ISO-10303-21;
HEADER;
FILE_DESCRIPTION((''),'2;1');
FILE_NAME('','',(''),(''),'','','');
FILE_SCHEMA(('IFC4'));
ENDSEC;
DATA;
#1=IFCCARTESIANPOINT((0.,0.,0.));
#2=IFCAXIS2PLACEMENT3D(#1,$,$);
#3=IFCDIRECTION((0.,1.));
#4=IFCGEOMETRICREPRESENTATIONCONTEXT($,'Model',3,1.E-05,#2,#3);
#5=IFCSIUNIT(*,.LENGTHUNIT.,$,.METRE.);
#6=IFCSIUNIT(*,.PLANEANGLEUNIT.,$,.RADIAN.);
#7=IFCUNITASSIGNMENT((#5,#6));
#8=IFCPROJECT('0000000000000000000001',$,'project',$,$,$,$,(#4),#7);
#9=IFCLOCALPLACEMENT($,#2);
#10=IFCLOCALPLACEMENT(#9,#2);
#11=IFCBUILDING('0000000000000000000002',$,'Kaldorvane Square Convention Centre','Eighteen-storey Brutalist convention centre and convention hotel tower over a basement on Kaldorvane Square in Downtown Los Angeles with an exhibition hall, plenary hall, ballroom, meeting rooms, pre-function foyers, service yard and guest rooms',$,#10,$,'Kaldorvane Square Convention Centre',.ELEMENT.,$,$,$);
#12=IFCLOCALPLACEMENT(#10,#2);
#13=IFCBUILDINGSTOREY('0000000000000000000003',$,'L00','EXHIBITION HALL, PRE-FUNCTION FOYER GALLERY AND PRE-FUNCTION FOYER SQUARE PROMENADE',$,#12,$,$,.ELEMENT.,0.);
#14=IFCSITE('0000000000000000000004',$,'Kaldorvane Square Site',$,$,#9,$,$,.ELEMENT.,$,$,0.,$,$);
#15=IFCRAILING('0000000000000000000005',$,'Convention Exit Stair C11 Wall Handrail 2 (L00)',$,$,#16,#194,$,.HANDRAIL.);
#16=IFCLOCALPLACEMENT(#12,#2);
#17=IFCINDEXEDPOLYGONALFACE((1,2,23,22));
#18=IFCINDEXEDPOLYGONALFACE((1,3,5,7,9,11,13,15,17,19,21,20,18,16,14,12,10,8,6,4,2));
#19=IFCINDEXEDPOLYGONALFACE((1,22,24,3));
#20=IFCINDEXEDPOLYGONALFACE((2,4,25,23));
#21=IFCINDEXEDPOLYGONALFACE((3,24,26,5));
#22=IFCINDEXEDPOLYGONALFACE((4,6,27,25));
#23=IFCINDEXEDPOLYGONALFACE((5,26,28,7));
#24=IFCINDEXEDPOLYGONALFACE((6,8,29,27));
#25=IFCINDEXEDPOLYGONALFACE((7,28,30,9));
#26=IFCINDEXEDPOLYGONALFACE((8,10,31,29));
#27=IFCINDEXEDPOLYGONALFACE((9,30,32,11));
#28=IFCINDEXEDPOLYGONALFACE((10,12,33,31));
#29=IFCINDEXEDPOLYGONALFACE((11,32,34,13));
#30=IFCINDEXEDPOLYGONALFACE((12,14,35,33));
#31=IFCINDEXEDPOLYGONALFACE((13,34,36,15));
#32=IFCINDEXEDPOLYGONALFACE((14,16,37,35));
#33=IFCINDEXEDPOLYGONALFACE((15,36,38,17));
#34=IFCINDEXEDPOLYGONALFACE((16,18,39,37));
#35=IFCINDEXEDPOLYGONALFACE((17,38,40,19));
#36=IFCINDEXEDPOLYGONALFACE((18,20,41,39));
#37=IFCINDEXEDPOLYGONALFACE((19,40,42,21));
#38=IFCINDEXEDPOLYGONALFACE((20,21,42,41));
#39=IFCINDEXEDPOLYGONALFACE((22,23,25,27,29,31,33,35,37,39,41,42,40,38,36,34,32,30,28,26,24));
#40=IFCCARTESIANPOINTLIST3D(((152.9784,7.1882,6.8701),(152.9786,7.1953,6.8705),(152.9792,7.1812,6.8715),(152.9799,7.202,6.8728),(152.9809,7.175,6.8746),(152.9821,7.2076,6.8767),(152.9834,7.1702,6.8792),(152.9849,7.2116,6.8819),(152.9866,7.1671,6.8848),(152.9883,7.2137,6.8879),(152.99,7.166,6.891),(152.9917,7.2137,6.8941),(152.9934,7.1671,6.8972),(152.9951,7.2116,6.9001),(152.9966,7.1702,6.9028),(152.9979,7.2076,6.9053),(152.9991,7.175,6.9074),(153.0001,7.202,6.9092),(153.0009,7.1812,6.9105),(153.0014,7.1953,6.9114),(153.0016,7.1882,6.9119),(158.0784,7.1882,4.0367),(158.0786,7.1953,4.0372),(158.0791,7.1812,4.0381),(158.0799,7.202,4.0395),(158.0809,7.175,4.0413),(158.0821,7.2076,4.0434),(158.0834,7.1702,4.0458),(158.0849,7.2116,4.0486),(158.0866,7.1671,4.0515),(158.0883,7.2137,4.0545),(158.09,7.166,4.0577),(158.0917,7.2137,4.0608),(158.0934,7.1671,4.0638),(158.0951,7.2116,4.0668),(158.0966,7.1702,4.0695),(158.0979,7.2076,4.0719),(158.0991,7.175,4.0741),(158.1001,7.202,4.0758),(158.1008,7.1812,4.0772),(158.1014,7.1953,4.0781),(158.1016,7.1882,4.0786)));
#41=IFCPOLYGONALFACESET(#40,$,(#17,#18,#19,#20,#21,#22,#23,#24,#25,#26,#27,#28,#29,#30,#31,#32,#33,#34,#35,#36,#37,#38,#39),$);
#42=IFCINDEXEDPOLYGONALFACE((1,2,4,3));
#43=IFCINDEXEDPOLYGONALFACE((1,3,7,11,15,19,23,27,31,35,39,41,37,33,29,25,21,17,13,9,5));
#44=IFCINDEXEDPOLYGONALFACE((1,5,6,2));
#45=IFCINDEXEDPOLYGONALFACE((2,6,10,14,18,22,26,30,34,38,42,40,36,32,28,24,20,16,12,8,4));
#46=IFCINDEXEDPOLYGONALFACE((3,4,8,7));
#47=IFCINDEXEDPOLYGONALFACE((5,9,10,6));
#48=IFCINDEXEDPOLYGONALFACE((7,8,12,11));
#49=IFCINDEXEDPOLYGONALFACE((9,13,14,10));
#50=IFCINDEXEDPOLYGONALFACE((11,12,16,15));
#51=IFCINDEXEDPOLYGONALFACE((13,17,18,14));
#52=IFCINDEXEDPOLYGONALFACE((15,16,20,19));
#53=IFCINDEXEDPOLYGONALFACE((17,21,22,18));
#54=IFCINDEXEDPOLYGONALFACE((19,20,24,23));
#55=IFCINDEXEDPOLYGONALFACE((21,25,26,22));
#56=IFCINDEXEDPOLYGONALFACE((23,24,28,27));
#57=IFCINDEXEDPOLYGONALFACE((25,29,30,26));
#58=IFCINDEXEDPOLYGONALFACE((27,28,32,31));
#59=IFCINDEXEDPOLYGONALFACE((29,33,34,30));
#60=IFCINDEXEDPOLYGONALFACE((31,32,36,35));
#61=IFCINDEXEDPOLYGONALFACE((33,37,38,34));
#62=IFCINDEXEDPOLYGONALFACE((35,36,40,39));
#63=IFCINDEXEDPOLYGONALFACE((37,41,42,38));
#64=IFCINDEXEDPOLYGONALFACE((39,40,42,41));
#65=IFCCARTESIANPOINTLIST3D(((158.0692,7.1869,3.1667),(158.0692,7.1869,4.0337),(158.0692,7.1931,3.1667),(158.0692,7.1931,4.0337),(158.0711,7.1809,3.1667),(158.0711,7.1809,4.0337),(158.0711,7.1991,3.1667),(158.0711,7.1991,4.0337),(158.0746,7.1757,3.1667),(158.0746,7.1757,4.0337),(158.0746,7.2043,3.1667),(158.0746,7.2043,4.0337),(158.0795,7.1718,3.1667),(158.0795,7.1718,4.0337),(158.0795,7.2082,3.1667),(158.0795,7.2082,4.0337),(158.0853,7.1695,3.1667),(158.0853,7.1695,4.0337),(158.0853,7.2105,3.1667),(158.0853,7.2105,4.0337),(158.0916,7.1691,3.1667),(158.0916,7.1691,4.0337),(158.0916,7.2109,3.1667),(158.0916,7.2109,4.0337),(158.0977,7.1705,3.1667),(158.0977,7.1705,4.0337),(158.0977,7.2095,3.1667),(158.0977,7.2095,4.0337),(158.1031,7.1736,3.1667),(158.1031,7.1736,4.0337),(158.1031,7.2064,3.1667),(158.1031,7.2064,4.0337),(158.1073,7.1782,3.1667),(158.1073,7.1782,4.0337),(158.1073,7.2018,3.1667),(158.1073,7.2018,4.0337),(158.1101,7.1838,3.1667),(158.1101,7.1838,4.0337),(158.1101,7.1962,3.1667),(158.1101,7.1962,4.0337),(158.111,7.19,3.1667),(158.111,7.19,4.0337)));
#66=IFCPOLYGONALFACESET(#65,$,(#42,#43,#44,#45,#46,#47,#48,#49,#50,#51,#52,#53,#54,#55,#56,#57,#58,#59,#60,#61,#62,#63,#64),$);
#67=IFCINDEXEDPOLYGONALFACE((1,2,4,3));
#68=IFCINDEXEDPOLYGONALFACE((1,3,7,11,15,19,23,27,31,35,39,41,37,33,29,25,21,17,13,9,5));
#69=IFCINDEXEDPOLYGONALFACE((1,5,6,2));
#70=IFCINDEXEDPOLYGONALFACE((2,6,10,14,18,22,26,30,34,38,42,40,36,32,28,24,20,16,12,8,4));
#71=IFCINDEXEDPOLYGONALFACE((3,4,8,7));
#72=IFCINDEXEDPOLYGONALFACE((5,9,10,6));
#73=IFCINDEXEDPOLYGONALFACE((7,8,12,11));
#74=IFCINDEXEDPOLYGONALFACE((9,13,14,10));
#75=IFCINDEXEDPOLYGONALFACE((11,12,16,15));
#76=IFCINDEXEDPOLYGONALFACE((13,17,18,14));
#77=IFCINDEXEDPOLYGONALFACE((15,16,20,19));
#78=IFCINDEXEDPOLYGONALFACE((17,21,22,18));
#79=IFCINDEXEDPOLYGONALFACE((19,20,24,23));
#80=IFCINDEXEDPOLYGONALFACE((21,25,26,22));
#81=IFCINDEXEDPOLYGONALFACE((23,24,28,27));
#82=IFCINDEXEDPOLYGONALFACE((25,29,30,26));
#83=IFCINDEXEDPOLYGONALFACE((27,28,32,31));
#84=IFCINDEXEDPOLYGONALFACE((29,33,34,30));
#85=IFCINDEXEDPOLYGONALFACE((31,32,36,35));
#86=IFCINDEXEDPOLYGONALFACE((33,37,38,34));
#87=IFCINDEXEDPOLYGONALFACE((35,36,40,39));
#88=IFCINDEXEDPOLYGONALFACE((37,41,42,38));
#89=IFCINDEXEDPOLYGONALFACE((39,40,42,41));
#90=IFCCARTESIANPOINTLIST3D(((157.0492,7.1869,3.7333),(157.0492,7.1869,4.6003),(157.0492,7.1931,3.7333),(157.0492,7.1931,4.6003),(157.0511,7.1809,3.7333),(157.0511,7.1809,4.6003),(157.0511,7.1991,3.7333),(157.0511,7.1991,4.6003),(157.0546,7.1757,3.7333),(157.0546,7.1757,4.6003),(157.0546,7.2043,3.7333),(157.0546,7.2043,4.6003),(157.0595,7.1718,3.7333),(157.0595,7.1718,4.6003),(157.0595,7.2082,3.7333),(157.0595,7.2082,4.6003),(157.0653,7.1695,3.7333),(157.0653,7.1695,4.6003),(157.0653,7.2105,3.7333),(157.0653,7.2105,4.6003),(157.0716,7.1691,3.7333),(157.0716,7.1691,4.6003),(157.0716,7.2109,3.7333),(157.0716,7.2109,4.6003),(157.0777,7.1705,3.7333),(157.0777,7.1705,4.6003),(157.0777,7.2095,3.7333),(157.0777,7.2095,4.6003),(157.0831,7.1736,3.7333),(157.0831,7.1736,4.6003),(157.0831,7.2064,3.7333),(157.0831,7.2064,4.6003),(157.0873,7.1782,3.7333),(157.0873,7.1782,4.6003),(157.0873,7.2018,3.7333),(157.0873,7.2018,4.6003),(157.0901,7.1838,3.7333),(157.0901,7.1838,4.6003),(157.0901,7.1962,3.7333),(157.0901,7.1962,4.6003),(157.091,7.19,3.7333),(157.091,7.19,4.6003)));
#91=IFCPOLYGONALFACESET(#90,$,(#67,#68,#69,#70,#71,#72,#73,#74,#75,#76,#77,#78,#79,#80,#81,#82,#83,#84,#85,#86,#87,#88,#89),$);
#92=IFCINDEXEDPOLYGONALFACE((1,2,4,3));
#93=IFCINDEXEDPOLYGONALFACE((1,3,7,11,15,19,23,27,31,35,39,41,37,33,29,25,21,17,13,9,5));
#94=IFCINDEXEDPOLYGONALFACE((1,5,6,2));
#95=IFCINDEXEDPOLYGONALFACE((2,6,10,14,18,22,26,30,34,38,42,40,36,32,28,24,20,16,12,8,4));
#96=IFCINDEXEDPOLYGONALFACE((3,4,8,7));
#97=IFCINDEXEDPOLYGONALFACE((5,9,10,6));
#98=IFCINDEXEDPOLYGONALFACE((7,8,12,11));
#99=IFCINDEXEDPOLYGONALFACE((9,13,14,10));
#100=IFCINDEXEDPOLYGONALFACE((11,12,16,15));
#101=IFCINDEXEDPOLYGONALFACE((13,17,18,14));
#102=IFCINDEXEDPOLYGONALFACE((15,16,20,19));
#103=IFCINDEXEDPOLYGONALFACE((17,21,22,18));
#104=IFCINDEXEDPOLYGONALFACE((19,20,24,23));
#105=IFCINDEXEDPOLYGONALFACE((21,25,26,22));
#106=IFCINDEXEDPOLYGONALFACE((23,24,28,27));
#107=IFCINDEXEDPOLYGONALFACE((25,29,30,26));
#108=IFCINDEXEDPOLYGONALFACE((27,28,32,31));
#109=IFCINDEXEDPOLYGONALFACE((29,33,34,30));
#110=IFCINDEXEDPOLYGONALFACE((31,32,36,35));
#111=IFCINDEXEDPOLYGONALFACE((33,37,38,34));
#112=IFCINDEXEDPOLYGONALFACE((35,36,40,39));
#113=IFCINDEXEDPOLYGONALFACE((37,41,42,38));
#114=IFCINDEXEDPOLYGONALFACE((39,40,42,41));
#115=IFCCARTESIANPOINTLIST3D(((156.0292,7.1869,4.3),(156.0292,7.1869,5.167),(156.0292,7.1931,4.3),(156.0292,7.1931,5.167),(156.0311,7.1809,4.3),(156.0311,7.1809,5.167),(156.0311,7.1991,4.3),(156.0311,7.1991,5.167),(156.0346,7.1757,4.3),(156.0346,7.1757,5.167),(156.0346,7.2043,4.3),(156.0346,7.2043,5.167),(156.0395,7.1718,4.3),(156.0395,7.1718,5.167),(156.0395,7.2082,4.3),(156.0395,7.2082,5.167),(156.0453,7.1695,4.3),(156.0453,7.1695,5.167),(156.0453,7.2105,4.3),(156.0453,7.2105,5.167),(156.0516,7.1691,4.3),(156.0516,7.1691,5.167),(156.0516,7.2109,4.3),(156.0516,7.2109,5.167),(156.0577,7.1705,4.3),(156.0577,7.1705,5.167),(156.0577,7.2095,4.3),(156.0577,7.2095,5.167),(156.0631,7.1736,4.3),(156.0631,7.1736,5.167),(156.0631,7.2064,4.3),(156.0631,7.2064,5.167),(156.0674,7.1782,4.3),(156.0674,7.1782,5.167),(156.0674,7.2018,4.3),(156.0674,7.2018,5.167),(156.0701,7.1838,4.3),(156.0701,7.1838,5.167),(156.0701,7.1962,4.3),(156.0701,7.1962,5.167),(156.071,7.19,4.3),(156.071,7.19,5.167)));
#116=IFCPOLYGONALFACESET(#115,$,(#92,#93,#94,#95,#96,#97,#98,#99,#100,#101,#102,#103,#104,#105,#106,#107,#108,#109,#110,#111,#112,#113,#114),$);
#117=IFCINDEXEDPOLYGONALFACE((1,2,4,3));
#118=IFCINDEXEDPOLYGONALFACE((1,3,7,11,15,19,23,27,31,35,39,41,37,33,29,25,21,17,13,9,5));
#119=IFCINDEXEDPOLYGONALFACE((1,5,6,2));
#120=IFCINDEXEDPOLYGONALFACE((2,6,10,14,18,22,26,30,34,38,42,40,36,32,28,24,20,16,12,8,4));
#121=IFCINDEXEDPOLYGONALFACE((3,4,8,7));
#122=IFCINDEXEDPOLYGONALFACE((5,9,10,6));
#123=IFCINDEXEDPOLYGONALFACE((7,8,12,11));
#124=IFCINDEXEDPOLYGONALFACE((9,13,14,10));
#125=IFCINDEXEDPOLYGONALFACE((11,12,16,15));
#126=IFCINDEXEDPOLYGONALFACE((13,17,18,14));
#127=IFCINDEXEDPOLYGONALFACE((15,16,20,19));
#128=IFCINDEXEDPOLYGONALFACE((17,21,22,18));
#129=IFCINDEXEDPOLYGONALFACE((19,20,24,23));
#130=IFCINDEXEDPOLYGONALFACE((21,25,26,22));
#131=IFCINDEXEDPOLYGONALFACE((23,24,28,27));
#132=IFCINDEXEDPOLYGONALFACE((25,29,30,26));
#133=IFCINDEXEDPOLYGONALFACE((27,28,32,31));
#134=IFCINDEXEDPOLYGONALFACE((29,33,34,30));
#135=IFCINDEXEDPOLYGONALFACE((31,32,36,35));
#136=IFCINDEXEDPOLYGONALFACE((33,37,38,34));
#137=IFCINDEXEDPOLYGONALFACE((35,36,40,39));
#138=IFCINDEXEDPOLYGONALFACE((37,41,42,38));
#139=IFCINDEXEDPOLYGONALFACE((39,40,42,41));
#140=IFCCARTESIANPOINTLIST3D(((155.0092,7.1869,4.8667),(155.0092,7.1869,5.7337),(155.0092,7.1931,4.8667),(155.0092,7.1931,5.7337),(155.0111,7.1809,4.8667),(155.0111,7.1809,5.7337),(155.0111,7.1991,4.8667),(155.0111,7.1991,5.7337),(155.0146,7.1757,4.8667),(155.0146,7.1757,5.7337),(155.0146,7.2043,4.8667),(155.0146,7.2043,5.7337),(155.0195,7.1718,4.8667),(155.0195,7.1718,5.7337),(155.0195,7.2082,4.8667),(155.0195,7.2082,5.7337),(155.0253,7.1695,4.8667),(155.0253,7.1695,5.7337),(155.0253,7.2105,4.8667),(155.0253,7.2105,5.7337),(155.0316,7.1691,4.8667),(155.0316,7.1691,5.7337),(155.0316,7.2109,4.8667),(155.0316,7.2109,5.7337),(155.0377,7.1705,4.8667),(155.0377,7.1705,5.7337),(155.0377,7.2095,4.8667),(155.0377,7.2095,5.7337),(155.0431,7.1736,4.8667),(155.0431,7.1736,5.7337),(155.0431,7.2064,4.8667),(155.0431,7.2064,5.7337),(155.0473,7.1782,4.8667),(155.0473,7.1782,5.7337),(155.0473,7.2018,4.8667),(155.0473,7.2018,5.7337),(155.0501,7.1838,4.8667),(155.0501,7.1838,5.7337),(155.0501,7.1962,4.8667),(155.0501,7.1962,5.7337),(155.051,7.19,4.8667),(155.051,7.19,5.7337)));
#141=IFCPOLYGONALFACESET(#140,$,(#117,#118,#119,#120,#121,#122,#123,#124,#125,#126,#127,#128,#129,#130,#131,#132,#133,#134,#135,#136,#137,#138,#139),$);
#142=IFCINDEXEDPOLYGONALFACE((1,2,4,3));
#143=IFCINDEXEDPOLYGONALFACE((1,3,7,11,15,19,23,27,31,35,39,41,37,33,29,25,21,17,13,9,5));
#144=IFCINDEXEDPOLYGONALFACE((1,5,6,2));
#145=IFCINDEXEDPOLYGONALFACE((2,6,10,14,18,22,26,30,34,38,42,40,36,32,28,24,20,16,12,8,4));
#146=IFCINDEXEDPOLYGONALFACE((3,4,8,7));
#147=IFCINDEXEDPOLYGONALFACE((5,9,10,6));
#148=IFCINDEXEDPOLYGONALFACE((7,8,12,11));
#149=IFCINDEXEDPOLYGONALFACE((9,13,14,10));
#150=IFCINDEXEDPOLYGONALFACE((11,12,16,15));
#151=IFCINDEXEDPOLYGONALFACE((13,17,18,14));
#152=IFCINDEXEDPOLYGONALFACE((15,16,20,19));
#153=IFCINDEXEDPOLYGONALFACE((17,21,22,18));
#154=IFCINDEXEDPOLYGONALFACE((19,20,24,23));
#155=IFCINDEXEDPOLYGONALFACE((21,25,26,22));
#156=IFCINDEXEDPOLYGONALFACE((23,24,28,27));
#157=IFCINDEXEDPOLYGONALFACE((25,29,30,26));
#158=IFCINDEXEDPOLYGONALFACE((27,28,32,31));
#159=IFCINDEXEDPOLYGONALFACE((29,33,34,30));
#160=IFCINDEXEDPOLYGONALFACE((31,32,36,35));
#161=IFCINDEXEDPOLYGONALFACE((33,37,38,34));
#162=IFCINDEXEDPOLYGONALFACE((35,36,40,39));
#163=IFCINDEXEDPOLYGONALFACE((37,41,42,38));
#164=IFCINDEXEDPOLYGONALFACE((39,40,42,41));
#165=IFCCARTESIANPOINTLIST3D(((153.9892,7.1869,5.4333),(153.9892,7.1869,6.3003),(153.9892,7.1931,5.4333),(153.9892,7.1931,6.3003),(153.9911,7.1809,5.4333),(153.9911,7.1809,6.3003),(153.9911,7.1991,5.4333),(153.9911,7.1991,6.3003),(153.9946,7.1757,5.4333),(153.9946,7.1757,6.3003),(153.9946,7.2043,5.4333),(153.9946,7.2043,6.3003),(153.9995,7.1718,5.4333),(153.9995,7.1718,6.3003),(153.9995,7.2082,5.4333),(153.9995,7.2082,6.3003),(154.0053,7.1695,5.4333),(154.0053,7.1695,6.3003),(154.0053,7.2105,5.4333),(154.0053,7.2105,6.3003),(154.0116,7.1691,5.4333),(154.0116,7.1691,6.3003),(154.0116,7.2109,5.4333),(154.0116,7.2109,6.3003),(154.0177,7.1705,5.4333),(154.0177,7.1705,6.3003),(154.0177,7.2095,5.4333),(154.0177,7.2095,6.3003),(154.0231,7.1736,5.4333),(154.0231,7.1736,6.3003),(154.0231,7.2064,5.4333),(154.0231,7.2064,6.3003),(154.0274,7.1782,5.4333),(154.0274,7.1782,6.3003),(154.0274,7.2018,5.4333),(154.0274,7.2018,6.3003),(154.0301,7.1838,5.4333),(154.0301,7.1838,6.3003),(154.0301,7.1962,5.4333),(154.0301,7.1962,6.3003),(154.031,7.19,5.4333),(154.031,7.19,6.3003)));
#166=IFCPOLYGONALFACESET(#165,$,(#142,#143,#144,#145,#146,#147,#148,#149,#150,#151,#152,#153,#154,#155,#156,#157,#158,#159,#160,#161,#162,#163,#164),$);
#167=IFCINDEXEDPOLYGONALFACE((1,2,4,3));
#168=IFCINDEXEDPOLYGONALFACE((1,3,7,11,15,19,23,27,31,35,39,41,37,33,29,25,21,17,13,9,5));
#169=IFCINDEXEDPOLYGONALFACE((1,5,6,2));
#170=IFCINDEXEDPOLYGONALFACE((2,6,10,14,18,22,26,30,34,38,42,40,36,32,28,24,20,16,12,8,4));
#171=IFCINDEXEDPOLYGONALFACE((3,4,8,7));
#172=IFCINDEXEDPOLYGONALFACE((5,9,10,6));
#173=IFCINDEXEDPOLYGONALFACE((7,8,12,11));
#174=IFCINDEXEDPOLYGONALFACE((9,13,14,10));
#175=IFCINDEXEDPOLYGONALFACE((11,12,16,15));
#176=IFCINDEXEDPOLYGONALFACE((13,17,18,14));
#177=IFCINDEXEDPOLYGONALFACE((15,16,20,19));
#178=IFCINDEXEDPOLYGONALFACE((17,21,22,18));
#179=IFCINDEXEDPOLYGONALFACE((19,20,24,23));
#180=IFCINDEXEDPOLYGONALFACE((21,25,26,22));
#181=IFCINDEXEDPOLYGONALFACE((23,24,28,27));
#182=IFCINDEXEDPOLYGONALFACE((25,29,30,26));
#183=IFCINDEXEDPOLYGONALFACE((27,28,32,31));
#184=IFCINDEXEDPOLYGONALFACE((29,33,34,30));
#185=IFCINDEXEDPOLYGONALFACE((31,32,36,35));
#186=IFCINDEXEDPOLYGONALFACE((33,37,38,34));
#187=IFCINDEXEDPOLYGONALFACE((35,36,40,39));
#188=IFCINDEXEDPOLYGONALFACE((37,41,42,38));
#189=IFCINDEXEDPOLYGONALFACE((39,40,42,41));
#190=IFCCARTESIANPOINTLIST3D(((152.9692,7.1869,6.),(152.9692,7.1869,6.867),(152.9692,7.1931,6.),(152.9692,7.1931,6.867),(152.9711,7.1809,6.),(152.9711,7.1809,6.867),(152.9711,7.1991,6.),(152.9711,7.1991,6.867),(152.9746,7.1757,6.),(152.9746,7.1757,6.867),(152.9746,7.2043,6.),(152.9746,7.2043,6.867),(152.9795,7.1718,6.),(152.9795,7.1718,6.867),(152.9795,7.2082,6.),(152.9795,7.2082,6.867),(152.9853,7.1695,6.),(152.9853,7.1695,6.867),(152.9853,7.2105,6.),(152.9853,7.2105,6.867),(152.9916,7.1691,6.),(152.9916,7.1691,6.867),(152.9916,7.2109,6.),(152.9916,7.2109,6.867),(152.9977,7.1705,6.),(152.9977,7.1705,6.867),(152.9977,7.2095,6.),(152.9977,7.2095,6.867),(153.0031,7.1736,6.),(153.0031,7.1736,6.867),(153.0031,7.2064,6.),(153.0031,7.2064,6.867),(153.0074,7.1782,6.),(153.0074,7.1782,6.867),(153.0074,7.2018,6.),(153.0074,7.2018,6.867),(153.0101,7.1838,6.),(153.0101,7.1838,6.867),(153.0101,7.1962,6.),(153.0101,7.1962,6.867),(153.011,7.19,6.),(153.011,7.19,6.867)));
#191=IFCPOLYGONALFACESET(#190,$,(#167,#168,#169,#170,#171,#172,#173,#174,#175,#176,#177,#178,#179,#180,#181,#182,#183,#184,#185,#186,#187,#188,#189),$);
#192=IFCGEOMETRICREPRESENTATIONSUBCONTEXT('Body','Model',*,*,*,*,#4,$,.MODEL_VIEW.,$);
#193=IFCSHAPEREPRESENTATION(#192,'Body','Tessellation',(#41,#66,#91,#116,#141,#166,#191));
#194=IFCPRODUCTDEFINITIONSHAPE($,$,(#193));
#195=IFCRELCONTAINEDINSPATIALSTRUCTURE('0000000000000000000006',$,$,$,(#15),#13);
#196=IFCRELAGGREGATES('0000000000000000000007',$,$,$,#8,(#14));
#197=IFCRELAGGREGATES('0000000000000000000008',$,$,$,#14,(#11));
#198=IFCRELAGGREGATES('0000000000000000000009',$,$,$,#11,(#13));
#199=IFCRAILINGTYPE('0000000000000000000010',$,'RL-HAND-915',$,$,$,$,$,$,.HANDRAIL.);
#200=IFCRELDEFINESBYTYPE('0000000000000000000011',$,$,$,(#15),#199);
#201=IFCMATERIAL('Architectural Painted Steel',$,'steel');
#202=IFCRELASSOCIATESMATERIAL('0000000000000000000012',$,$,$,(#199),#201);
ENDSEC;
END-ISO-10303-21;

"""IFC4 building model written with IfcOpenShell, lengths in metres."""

from ifc_helpers import new_model, si_unit, direction, frame, origin, origin_2d, place, context, subcontext, project, spatial, circle, extrude, material, type_object, element, save


model = new_model("IFC4")

# Units and contexts
model_context = context("Model", 3, precision=1e-05, world=origin(), true_north=direction((0.0, 1.0)))
body_context = subcontext(model_context, "Body", "Model", "MODEL_VIEW")
ifc_project = project(units=[si_unit("LENGTHUNIT", "METRE"), si_unit("PLANEANGLEUNIT", "RADIAN")], contexts=[model_context])

# Site, building, storey
site_placement = place(None, origin())
site = spatial("IfcSite", under=ifc_project, at=site_placement, Name="Kaldorvane Square Site", CompositionType="ELEMENT", RefElevation=0.0)
building_placement = place(site_placement, origin())
building = spatial("IfcBuilding", under=site, at=building_placement, Name="Kaldorvane Square Convention Centre", Description="Eighteen-storey Brutalist convention centre and convention hotel tower over a basement on Kaldorvane Square in Downtown Los Angeles with an exhibition hall, plenary hall, ballroom, meeting rooms, pre-function foyers, service yard and guest rooms", LongName="Kaldorvane Square Convention Centre", CompositionType="ELEMENT")
storey_placement = place(building_placement, origin())
storey = spatial("IfcBuildingStorey", under=building, at=storey_placement, Name="L00", Description="EXHIBITION HALL, PRE-FUNCTION FOYER GALLERY AND PRE-FUNCTION FOYER SQUARE PROMENADE", CompositionType="ELEMENT", Elevation=0.0)

# Railing
ifc_material_1 = material(Name="Architectural Painted Steel", Category="steel")
railing_type_1 = type_object("IfcRailingType", Name="RL-HAND-915", PredefinedType="HANDRAIL", material=ifc_material_1)
railing_1_placement = place(storey_placement, frame((158.09, 7.19, 3.1667)))
element("IfcRailing", 1, at=railing_1_placement, inside=storey, type_object=railing_type_1, Name="Convention Exit Stair C11 Wall Handrail 2 (L00)", PredefinedType="HANDRAIL", context=body_context, shape_type="SweptSolid", body=[
    extrude(circle(Radius=0.024, at=origin_2d()), frame((0.0, 0.0, 0.891), z_axis=(-0.874157, 0.0, 0.485643), x_axis=(0.0, -1.0, 0.0)), (0.0, 0.0, 1.0), 5.8342),
    extrude(circle(Radius=0.021, at=origin_2d()), origin(), (0.0, 0.0, 1.0), 0.867),
    extrude(circle(Radius=0.021, at=origin_2d()), frame((-1.02, 0.0, 0.5667)), (0.0, 0.0, 1.0), 0.867),
    extrude(circle(Radius=0.021, at=origin_2d()), frame((-2.04, 0.0, 1.1333)), (0.0, 0.0, 1.0), 0.867),
    extrude(circle(Radius=0.021, at=origin_2d()), frame((-3.06, 0.0, 1.7)), (0.0, 0.0, 1.0), 0.867),
    extrude(circle(Radius=0.021, at=origin_2d()), frame((-4.08, 0.0, 2.2667)), (0.0, 0.0, 1.0), 0.867),
    extrude(circle(Radius=0.021, at=origin_2d()), frame((-5.1, 0.0, 2.8333)), (0.0, 0.0, 1.0), 0.867),
])

save(model, "model.ifc")
